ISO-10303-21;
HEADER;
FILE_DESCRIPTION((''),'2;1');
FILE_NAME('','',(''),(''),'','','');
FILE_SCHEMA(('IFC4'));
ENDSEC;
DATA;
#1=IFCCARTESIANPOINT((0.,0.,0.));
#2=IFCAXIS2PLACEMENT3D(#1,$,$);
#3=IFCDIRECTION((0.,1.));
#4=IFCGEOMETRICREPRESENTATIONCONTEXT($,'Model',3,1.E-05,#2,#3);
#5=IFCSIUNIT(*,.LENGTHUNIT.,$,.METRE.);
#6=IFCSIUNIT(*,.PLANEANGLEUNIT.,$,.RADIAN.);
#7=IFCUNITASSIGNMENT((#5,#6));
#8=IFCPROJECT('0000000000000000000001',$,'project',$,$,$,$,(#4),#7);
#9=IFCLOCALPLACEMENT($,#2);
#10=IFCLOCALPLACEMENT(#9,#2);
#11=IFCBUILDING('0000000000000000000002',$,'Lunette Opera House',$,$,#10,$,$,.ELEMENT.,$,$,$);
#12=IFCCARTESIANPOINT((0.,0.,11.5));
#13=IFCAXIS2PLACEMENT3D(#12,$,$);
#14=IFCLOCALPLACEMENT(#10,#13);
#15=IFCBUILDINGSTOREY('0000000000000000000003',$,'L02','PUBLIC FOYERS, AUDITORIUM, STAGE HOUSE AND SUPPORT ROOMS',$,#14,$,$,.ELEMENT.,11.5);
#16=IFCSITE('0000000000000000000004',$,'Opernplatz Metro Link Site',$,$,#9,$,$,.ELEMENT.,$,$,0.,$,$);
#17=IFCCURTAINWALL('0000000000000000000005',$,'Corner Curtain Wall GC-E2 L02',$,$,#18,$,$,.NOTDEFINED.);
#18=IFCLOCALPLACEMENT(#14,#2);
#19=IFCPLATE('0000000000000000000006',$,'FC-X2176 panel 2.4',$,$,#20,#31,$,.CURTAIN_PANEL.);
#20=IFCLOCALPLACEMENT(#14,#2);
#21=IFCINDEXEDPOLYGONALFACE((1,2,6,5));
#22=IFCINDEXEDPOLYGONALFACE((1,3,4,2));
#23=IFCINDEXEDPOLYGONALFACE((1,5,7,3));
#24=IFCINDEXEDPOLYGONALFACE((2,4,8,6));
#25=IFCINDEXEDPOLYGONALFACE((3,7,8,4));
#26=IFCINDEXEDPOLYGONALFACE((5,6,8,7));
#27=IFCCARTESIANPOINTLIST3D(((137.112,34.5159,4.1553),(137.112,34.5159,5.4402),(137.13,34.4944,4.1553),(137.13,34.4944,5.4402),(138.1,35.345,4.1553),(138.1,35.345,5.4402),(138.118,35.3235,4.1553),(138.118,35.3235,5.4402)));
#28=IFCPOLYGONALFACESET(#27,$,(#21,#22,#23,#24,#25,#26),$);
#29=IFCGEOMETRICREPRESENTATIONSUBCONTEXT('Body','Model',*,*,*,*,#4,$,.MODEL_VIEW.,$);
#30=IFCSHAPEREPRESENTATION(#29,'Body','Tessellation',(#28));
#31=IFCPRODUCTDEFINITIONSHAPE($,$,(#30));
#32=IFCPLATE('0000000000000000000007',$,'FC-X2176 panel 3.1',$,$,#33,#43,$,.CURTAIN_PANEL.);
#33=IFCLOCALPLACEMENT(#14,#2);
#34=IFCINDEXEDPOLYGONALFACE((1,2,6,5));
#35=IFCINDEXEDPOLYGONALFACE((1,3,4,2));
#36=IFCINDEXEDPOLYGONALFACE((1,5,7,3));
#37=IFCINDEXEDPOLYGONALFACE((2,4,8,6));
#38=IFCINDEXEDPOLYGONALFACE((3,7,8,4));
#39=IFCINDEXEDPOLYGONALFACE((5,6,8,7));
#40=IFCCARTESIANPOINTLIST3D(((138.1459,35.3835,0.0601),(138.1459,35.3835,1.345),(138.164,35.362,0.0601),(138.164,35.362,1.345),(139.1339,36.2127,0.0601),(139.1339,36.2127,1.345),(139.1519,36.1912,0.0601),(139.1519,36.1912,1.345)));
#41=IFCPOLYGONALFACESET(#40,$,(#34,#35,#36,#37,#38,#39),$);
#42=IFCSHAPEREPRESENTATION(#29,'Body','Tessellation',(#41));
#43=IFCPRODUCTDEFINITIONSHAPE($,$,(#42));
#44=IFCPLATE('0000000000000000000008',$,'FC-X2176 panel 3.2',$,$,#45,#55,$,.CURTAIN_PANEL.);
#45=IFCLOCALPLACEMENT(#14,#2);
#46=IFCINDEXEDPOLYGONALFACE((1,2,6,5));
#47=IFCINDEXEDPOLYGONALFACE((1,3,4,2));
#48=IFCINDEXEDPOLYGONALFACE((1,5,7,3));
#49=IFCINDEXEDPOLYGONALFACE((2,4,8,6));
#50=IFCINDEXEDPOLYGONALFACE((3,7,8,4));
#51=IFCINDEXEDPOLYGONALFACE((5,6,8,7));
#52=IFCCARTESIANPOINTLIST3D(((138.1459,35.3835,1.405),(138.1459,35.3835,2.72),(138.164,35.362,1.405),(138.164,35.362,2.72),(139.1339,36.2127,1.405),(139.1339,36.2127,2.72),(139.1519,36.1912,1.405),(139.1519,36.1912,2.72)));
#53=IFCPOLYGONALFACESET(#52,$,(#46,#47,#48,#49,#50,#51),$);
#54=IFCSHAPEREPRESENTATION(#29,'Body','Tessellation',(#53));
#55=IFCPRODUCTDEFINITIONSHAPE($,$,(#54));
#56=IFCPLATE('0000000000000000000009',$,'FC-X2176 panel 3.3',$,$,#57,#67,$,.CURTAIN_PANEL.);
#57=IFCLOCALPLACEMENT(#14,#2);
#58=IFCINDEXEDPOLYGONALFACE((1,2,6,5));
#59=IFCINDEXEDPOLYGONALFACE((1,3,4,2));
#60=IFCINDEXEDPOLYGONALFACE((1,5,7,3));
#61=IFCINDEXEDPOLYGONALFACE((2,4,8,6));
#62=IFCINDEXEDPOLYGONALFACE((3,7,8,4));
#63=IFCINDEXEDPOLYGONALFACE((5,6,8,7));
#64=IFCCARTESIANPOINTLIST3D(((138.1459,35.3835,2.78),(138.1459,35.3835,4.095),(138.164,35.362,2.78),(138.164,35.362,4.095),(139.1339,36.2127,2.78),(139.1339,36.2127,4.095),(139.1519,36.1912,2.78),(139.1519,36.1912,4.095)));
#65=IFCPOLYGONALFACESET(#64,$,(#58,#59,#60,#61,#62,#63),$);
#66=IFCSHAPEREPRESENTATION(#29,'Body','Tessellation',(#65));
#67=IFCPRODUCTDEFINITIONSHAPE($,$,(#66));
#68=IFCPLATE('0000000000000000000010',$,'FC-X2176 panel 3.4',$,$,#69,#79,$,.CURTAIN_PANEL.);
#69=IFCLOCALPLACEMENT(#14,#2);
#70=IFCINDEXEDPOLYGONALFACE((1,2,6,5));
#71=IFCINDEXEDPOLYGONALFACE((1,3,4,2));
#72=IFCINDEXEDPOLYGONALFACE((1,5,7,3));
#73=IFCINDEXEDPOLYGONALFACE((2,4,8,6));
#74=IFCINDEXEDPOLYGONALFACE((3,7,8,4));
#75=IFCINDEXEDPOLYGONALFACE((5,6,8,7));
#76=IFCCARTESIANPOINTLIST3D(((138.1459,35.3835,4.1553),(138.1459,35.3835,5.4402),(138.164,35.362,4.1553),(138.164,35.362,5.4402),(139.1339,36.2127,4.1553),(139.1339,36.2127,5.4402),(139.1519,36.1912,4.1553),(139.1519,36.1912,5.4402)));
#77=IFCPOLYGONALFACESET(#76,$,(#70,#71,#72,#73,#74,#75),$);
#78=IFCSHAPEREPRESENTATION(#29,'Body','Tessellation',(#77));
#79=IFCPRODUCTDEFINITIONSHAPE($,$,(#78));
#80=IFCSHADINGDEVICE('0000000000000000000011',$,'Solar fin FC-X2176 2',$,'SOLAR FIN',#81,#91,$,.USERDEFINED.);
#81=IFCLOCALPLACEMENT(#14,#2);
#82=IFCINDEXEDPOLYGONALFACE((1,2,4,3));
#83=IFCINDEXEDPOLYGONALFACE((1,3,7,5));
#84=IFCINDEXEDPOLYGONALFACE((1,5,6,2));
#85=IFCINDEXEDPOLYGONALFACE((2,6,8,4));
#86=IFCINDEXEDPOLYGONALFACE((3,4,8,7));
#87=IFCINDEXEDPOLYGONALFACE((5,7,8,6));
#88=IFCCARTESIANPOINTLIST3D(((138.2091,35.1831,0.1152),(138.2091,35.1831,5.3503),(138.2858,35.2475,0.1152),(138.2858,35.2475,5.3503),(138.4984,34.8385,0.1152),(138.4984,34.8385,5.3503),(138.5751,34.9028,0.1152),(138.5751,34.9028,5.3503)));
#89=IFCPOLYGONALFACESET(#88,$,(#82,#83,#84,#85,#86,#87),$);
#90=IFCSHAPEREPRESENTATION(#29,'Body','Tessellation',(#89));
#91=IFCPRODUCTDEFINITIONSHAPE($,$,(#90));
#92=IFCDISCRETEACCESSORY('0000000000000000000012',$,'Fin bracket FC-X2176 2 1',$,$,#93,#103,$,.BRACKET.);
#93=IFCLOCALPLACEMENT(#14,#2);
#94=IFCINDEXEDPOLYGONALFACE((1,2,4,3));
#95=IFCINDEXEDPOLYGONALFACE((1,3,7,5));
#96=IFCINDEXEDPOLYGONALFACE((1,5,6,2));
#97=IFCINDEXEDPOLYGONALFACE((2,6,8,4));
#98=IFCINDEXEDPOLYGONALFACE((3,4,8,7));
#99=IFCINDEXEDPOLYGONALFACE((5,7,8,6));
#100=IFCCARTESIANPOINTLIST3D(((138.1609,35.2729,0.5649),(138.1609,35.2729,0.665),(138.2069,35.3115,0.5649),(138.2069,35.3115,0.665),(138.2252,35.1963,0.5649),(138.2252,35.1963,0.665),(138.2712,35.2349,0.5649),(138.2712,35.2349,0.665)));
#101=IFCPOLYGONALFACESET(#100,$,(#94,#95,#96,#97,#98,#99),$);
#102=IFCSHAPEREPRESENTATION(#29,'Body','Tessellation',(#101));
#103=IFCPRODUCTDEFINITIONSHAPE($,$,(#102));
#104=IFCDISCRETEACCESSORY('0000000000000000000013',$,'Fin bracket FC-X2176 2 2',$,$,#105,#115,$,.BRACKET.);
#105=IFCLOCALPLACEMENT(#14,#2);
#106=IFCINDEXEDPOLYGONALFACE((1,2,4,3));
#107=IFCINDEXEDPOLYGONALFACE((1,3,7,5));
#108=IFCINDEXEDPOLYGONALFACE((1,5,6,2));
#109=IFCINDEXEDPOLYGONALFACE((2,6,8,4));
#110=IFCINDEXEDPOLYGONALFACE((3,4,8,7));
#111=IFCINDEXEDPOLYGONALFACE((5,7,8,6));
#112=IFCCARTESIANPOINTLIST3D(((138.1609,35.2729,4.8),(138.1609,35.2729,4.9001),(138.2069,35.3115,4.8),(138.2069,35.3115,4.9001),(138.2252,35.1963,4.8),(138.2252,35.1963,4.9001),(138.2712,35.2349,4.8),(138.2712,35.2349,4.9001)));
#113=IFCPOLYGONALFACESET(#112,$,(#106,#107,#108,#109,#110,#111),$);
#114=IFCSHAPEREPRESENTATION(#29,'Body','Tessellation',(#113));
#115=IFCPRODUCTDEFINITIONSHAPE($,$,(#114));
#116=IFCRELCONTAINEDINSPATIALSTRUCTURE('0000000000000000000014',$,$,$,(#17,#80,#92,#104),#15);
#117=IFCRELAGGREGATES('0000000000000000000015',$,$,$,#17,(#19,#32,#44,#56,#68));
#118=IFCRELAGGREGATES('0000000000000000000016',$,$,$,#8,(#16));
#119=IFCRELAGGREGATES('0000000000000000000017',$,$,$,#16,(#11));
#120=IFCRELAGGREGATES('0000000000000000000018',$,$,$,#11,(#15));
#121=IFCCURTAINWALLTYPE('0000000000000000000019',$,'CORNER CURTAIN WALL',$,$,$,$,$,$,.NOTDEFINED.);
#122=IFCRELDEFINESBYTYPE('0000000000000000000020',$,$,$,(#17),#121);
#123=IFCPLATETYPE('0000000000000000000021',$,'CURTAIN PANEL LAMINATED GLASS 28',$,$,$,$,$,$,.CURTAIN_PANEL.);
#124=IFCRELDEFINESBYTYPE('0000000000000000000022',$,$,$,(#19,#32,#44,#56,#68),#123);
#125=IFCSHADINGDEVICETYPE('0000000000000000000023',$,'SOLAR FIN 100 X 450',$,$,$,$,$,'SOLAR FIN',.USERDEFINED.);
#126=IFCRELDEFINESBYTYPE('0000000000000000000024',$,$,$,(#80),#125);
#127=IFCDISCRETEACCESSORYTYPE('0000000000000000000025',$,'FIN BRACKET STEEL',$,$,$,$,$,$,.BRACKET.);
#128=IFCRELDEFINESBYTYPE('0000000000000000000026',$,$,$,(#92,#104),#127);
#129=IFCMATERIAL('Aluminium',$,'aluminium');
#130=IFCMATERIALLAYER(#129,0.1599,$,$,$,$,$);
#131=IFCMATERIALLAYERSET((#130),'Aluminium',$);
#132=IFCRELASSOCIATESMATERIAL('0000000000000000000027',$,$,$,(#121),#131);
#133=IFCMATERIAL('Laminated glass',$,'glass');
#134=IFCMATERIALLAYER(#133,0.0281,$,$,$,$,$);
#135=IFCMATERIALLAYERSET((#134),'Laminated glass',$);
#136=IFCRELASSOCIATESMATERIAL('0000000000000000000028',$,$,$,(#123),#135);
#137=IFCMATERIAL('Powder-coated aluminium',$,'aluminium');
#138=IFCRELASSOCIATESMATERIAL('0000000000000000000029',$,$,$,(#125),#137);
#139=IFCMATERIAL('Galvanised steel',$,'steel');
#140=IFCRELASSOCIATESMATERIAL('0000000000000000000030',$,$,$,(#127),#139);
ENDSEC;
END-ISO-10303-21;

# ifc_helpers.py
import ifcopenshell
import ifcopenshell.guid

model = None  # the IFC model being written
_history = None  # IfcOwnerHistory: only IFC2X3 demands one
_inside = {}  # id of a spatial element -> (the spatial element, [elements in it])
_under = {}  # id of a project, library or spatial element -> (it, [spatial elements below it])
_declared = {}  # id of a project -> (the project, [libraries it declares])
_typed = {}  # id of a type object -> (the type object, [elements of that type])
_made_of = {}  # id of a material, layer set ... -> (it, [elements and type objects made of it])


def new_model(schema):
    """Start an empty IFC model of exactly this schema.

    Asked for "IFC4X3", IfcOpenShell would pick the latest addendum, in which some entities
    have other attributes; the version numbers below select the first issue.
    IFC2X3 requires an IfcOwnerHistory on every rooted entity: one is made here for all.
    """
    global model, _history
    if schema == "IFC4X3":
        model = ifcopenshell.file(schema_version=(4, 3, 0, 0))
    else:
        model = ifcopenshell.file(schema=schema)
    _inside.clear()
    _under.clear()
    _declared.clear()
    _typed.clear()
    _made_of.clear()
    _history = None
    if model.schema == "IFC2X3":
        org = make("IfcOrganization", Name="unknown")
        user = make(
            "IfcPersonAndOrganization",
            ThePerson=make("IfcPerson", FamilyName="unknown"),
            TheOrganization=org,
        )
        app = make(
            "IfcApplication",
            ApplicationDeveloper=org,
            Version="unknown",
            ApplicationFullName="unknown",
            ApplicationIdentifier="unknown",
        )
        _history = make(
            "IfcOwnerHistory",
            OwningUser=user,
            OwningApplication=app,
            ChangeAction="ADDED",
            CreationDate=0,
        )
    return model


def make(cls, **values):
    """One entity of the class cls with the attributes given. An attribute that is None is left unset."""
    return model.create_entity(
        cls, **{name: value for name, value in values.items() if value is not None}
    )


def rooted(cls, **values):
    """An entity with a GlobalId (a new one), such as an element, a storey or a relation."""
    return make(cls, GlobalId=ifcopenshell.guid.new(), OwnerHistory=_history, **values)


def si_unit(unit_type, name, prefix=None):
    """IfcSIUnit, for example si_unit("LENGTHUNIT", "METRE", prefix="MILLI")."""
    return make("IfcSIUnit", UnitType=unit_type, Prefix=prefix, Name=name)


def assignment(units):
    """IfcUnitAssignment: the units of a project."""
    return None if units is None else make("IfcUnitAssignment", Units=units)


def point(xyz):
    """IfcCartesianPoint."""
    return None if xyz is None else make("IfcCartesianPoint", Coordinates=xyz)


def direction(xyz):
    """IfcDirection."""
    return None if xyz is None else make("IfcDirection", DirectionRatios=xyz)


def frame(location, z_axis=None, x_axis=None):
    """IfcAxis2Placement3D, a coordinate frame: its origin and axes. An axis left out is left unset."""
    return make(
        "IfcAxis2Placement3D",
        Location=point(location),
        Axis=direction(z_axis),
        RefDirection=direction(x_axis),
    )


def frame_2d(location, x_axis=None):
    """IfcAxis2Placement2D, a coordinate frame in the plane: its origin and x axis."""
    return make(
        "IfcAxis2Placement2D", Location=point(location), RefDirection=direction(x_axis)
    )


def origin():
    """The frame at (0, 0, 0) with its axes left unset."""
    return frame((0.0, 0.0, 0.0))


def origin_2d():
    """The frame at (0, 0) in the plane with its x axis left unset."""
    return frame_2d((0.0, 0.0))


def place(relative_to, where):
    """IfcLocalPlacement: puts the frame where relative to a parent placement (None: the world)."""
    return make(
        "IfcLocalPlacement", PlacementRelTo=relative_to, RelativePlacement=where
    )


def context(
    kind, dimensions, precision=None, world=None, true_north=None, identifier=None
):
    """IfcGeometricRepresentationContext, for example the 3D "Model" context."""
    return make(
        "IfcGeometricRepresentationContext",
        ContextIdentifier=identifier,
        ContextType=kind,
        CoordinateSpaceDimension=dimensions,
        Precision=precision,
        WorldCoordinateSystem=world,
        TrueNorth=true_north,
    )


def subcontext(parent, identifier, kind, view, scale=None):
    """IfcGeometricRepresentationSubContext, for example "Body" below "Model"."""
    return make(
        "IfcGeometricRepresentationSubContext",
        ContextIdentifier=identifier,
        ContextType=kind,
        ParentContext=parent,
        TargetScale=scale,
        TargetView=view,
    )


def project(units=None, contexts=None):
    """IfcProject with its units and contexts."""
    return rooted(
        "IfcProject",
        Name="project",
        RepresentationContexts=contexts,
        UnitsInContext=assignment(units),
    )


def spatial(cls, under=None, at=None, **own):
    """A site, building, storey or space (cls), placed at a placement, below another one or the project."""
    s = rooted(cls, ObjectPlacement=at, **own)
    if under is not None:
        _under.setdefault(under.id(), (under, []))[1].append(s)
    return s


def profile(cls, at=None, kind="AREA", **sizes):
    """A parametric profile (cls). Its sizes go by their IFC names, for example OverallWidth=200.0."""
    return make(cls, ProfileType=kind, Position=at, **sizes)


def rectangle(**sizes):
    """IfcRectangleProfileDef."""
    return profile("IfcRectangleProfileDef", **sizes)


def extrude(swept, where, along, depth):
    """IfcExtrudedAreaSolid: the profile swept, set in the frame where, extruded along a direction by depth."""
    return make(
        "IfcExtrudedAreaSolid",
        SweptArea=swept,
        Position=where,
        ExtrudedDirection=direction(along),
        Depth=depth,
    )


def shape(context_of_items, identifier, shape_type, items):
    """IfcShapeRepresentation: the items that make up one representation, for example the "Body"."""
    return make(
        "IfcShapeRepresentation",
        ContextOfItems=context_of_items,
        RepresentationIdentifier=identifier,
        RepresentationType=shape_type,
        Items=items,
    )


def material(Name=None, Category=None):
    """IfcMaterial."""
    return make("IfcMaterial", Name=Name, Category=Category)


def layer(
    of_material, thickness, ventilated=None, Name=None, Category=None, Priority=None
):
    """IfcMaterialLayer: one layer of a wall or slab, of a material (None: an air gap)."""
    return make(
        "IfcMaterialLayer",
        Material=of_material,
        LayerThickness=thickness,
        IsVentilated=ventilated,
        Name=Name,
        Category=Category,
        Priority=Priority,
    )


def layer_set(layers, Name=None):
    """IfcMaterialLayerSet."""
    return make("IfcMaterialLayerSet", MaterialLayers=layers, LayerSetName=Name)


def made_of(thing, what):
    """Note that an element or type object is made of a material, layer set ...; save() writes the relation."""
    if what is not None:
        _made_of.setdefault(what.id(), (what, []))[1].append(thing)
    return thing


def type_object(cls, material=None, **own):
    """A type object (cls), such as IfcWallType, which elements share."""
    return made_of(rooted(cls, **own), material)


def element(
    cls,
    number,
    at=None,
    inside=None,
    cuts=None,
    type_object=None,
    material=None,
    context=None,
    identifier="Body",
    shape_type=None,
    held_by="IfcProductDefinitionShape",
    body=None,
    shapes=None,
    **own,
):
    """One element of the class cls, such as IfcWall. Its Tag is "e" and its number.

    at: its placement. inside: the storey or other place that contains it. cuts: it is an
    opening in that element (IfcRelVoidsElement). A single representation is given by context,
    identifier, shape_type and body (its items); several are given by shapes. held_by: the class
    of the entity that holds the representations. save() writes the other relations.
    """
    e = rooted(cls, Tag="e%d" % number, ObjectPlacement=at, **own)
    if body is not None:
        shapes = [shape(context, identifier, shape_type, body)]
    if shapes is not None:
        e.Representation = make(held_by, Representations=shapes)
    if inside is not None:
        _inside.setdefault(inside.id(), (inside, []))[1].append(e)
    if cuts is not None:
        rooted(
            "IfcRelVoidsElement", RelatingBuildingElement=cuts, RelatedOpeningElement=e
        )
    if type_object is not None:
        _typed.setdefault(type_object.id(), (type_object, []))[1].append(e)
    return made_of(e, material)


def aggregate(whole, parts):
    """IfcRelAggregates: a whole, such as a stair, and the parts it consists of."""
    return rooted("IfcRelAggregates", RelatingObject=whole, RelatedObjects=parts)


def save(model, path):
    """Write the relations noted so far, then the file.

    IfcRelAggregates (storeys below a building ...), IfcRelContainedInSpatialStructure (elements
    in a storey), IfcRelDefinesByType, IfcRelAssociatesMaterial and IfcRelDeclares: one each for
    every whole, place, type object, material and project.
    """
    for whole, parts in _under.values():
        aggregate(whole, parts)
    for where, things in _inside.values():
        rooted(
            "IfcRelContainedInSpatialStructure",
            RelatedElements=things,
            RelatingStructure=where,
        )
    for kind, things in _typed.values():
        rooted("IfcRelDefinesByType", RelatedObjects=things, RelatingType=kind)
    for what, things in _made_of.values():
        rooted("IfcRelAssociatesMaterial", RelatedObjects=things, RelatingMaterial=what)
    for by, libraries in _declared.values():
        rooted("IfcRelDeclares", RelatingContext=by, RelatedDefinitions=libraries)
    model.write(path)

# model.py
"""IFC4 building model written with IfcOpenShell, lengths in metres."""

from ifc_helpers import new_model, si_unit, direction, frame, origin, origin_2d, place, context, subcontext, project, spatial, rectangle, extrude, material, layer, layer_set, type_object, element, aggregate, save


model = new_model("IFC4")

# Units and contexts
model_context = context("Model", 3, precision=1e-05, world=origin(), true_north=direction((0.0, 1.0)))
body_context = subcontext(model_context, "Body", "Model", "MODEL_VIEW")
ifc_project = project(units=[si_unit("LENGTHUNIT", "METRE"), si_unit("PLANEANGLEUNIT", "RADIAN")], contexts=[model_context])

# Site, building, storey
site_placement = place(None, origin())
site = spatial("IfcSite", under=ifc_project, at=site_placement, Name="Opernplatz Metro Link Site", CompositionType="ELEMENT", RefElevation=0.0)
building_placement = place(site_placement, origin())
building = spatial("IfcBuilding", under=site, at=building_placement, Name="Lunette Opera House", CompositionType="ELEMENT")
storey_placement = place(building_placement, frame((0.0, 0.0, 11.5)))
storey = spatial("IfcBuildingStorey", under=building, at=storey_placement, Name="L02", Description="PUBLIC FOYERS, AUDITORIUM, STAGE HOUSE AND SUPPORT ROOMS", CompositionType="ELEMENT", Elevation=11.5)

# Curtain wall, plates
ifc_material_1 = material(Name="Aluminium", Category="aluminium")
ifc_layer_1 = layer(ifc_material_1, 0.1599)
ifc_layer_set_1 = layer_set([ifc_layer_1], Name="Aluminium")
curtain_wall_type = type_object("IfcCurtainWallType", Name="CORNER CURTAIN WALL", PredefinedType="NOTDEFINED", material=ifc_layer_set_1)
curtain_wall_placement = place(storey_placement, origin())
curtain_wall = element("IfcCurtainWall", 1, at=curtain_wall_placement, inside=storey, type_object=curtain_wall_type, Name="Corner Curtain Wall GC-E2 L02", PredefinedType="NOTDEFINED")
ifc_material_2 = material(Name="Laminated glass", Category="glass")
ifc_layer_2 = layer(ifc_material_2, 0.0281)
ifc_layer_set_2 = layer_set([ifc_layer_2], Name="Laminated glass")
plate_type = type_object("IfcPlateType", Name="CURTAIN PANEL LAMINATED GLASS 28", PredefinedType="CURTAIN_PANEL", material=ifc_layer_set_2)
plate_1_placement = place(storey_placement, frame((137.615, 34.9197, 4.1553), z_axis=(0.0, 0.0, 1.0), x_axis=(0.766, 0.64284, 0.0)))
plate_1 = element("IfcPlate", 2, at=plate_1_placement, type_object=plate_type, Name="FC-X2176 panel 2.4", PredefinedType="CURTAIN_PANEL", context=body_context, shape_type="SweptSolid", body=[
    extrude(rectangle(XDim=1.2898, YDim=0.0281, at=origin_2d()), origin(), (0.0, 0.0, 1.0), 1.2849),
])
plate_2_placement = place(storey_placement, frame((138.6489, 35.7874, 0.0601), z_axis=(0.0, 0.0, 1.0), x_axis=(0.766, 0.64284, 0.0)))
plate_2 = element("IfcPlate", 3, at=plate_2_placement, type_object=plate_type, Name="FC-X2176 panel 3.1", PredefinedType="CURTAIN_PANEL", context=body_context, shape_type="SweptSolid", body=[
    extrude(rectangle(XDim=1.2898, YDim=0.0281, at=origin_2d()), origin(), (0.0, 0.0, 1.0), 1.2849),
])
plate_3_placement = place(storey_placement, frame((138.6489, 35.7874, 1.405), z_axis=(0.0, 0.0, 1.0), x_axis=(0.766, 0.64284, 0.0)))
plate_3 = element("IfcPlate", 4, at=plate_3_placement, type_object=plate_type, Name="FC-X2176 panel 3.2", PredefinedType="CURTAIN_PANEL", context=body_context, shape_type="SweptSolid", body=[
    extrude(rectangle(XDim=1.2898, YDim=0.0281, at=origin_2d()), origin(), (0.0, 0.0, 1.0), 1.3149),
])
plate_4_placement = place(storey_placement, frame((138.6489, 35.7874, 2.78), z_axis=(0.0, 0.0, 1.0), x_axis=(0.766, 0.64284, 0.0)))
plate_4 = element("IfcPlate", 5, at=plate_4_placement, type_object=plate_type, Name="FC-X2176 panel 3.3", PredefinedType="CURTAIN_PANEL", context=body_context, shape_type="SweptSolid", body=[
    extrude(rectangle(XDim=1.2898, YDim=0.0281, at=origin_2d()), origin(), (0.0, 0.0, 1.0), 1.3149),
])
plate_5_placement = place(storey_placement, frame((138.6489, 35.7874, 4.1553), z_axis=(0.0, 0.0, 1.0), x_axis=(0.766, 0.64284, 0.0)))
plate_5 = element("IfcPlate", 6, at=plate_5_placement, type_object=plate_type, Name="FC-X2176 panel 3.4", PredefinedType="CURTAIN_PANEL", context=body_context, shape_type="SweptSolid", body=[
    extrude(rectangle(XDim=1.2898, YDim=0.0281, at=origin_2d()), origin(), (0.0, 0.0, 1.0), 1.2849),
])
aggregate(curtain_wall, [plate_1, plate_2, plate_3, plate_4, plate_5])

# Shading device
ifc_material_3 = material(Name="Powder-coated aluminium", Category="aluminium")
shading_device_type = type_object("IfcShadingDeviceType", Name="SOLAR FIN 100 X 450", ElementType="SOLAR FIN", PredefinedType="USERDEFINED", material=ifc_material_3)
shading_device_placement = place(storey_placement, frame((138.3921, 35.043, 0.1152), z_axis=(0.0, 0.0, 1.0), x_axis=(0.64284, -0.766001, 0.0)))
element("IfcShadingDevice", 7, at=shading_device_placement, inside=storey, type_object=shading_device_type, Name="Solar fin FC-X2176 2", ObjectType="SOLAR FIN", PredefinedType="USERDEFINED", context=body_context, shape_type="SweptSolid", body=[
    extrude(rectangle(XDim=0.45, YDim=0.1001, at=origin_2d()), origin(), (0.0, 0.0, 1.0), 5.2351),
])

# Discrete accessories
ifc_material_4 = material(Name="Galvanised steel", Category="steel")
discrete_accessory_type = type_object("IfcDiscreteAccessoryType", Name="FIN BRACKET STEEL", PredefinedType="BRACKET", material=ifc_material_4)
for number, where, z_axis, x_axis, name in (
    (8, (138.2161, 35.2539, 0.5649), (0.0, 0.0, 1.0), (0.64284, -0.766001, 0.0), "Fin bracket FC-X2176 2 1"),
    (9, (138.2161, 35.2539, 4.8), (0.0, 0.0, 1.0), (0.64284, -0.766001, 0.0), "Fin bracket FC-X2176 2 2"),
):
    element("IfcDiscreteAccessory", number, at=place(storey_placement, frame(where, z_axis=z_axis, x_axis=x_axis)), inside=storey, type_object=discrete_accessory_type, Name=name, PredefinedType="BRACKET", context=body_context, shape_type="SweptSolid", body=[
        extrude(rectangle(XDim=0.1001, YDim=0.0601, at=origin_2d()), origin(), (0.0, 0.0, 1.0), 0.1001),
    ])

save(model, "model.ifc")
